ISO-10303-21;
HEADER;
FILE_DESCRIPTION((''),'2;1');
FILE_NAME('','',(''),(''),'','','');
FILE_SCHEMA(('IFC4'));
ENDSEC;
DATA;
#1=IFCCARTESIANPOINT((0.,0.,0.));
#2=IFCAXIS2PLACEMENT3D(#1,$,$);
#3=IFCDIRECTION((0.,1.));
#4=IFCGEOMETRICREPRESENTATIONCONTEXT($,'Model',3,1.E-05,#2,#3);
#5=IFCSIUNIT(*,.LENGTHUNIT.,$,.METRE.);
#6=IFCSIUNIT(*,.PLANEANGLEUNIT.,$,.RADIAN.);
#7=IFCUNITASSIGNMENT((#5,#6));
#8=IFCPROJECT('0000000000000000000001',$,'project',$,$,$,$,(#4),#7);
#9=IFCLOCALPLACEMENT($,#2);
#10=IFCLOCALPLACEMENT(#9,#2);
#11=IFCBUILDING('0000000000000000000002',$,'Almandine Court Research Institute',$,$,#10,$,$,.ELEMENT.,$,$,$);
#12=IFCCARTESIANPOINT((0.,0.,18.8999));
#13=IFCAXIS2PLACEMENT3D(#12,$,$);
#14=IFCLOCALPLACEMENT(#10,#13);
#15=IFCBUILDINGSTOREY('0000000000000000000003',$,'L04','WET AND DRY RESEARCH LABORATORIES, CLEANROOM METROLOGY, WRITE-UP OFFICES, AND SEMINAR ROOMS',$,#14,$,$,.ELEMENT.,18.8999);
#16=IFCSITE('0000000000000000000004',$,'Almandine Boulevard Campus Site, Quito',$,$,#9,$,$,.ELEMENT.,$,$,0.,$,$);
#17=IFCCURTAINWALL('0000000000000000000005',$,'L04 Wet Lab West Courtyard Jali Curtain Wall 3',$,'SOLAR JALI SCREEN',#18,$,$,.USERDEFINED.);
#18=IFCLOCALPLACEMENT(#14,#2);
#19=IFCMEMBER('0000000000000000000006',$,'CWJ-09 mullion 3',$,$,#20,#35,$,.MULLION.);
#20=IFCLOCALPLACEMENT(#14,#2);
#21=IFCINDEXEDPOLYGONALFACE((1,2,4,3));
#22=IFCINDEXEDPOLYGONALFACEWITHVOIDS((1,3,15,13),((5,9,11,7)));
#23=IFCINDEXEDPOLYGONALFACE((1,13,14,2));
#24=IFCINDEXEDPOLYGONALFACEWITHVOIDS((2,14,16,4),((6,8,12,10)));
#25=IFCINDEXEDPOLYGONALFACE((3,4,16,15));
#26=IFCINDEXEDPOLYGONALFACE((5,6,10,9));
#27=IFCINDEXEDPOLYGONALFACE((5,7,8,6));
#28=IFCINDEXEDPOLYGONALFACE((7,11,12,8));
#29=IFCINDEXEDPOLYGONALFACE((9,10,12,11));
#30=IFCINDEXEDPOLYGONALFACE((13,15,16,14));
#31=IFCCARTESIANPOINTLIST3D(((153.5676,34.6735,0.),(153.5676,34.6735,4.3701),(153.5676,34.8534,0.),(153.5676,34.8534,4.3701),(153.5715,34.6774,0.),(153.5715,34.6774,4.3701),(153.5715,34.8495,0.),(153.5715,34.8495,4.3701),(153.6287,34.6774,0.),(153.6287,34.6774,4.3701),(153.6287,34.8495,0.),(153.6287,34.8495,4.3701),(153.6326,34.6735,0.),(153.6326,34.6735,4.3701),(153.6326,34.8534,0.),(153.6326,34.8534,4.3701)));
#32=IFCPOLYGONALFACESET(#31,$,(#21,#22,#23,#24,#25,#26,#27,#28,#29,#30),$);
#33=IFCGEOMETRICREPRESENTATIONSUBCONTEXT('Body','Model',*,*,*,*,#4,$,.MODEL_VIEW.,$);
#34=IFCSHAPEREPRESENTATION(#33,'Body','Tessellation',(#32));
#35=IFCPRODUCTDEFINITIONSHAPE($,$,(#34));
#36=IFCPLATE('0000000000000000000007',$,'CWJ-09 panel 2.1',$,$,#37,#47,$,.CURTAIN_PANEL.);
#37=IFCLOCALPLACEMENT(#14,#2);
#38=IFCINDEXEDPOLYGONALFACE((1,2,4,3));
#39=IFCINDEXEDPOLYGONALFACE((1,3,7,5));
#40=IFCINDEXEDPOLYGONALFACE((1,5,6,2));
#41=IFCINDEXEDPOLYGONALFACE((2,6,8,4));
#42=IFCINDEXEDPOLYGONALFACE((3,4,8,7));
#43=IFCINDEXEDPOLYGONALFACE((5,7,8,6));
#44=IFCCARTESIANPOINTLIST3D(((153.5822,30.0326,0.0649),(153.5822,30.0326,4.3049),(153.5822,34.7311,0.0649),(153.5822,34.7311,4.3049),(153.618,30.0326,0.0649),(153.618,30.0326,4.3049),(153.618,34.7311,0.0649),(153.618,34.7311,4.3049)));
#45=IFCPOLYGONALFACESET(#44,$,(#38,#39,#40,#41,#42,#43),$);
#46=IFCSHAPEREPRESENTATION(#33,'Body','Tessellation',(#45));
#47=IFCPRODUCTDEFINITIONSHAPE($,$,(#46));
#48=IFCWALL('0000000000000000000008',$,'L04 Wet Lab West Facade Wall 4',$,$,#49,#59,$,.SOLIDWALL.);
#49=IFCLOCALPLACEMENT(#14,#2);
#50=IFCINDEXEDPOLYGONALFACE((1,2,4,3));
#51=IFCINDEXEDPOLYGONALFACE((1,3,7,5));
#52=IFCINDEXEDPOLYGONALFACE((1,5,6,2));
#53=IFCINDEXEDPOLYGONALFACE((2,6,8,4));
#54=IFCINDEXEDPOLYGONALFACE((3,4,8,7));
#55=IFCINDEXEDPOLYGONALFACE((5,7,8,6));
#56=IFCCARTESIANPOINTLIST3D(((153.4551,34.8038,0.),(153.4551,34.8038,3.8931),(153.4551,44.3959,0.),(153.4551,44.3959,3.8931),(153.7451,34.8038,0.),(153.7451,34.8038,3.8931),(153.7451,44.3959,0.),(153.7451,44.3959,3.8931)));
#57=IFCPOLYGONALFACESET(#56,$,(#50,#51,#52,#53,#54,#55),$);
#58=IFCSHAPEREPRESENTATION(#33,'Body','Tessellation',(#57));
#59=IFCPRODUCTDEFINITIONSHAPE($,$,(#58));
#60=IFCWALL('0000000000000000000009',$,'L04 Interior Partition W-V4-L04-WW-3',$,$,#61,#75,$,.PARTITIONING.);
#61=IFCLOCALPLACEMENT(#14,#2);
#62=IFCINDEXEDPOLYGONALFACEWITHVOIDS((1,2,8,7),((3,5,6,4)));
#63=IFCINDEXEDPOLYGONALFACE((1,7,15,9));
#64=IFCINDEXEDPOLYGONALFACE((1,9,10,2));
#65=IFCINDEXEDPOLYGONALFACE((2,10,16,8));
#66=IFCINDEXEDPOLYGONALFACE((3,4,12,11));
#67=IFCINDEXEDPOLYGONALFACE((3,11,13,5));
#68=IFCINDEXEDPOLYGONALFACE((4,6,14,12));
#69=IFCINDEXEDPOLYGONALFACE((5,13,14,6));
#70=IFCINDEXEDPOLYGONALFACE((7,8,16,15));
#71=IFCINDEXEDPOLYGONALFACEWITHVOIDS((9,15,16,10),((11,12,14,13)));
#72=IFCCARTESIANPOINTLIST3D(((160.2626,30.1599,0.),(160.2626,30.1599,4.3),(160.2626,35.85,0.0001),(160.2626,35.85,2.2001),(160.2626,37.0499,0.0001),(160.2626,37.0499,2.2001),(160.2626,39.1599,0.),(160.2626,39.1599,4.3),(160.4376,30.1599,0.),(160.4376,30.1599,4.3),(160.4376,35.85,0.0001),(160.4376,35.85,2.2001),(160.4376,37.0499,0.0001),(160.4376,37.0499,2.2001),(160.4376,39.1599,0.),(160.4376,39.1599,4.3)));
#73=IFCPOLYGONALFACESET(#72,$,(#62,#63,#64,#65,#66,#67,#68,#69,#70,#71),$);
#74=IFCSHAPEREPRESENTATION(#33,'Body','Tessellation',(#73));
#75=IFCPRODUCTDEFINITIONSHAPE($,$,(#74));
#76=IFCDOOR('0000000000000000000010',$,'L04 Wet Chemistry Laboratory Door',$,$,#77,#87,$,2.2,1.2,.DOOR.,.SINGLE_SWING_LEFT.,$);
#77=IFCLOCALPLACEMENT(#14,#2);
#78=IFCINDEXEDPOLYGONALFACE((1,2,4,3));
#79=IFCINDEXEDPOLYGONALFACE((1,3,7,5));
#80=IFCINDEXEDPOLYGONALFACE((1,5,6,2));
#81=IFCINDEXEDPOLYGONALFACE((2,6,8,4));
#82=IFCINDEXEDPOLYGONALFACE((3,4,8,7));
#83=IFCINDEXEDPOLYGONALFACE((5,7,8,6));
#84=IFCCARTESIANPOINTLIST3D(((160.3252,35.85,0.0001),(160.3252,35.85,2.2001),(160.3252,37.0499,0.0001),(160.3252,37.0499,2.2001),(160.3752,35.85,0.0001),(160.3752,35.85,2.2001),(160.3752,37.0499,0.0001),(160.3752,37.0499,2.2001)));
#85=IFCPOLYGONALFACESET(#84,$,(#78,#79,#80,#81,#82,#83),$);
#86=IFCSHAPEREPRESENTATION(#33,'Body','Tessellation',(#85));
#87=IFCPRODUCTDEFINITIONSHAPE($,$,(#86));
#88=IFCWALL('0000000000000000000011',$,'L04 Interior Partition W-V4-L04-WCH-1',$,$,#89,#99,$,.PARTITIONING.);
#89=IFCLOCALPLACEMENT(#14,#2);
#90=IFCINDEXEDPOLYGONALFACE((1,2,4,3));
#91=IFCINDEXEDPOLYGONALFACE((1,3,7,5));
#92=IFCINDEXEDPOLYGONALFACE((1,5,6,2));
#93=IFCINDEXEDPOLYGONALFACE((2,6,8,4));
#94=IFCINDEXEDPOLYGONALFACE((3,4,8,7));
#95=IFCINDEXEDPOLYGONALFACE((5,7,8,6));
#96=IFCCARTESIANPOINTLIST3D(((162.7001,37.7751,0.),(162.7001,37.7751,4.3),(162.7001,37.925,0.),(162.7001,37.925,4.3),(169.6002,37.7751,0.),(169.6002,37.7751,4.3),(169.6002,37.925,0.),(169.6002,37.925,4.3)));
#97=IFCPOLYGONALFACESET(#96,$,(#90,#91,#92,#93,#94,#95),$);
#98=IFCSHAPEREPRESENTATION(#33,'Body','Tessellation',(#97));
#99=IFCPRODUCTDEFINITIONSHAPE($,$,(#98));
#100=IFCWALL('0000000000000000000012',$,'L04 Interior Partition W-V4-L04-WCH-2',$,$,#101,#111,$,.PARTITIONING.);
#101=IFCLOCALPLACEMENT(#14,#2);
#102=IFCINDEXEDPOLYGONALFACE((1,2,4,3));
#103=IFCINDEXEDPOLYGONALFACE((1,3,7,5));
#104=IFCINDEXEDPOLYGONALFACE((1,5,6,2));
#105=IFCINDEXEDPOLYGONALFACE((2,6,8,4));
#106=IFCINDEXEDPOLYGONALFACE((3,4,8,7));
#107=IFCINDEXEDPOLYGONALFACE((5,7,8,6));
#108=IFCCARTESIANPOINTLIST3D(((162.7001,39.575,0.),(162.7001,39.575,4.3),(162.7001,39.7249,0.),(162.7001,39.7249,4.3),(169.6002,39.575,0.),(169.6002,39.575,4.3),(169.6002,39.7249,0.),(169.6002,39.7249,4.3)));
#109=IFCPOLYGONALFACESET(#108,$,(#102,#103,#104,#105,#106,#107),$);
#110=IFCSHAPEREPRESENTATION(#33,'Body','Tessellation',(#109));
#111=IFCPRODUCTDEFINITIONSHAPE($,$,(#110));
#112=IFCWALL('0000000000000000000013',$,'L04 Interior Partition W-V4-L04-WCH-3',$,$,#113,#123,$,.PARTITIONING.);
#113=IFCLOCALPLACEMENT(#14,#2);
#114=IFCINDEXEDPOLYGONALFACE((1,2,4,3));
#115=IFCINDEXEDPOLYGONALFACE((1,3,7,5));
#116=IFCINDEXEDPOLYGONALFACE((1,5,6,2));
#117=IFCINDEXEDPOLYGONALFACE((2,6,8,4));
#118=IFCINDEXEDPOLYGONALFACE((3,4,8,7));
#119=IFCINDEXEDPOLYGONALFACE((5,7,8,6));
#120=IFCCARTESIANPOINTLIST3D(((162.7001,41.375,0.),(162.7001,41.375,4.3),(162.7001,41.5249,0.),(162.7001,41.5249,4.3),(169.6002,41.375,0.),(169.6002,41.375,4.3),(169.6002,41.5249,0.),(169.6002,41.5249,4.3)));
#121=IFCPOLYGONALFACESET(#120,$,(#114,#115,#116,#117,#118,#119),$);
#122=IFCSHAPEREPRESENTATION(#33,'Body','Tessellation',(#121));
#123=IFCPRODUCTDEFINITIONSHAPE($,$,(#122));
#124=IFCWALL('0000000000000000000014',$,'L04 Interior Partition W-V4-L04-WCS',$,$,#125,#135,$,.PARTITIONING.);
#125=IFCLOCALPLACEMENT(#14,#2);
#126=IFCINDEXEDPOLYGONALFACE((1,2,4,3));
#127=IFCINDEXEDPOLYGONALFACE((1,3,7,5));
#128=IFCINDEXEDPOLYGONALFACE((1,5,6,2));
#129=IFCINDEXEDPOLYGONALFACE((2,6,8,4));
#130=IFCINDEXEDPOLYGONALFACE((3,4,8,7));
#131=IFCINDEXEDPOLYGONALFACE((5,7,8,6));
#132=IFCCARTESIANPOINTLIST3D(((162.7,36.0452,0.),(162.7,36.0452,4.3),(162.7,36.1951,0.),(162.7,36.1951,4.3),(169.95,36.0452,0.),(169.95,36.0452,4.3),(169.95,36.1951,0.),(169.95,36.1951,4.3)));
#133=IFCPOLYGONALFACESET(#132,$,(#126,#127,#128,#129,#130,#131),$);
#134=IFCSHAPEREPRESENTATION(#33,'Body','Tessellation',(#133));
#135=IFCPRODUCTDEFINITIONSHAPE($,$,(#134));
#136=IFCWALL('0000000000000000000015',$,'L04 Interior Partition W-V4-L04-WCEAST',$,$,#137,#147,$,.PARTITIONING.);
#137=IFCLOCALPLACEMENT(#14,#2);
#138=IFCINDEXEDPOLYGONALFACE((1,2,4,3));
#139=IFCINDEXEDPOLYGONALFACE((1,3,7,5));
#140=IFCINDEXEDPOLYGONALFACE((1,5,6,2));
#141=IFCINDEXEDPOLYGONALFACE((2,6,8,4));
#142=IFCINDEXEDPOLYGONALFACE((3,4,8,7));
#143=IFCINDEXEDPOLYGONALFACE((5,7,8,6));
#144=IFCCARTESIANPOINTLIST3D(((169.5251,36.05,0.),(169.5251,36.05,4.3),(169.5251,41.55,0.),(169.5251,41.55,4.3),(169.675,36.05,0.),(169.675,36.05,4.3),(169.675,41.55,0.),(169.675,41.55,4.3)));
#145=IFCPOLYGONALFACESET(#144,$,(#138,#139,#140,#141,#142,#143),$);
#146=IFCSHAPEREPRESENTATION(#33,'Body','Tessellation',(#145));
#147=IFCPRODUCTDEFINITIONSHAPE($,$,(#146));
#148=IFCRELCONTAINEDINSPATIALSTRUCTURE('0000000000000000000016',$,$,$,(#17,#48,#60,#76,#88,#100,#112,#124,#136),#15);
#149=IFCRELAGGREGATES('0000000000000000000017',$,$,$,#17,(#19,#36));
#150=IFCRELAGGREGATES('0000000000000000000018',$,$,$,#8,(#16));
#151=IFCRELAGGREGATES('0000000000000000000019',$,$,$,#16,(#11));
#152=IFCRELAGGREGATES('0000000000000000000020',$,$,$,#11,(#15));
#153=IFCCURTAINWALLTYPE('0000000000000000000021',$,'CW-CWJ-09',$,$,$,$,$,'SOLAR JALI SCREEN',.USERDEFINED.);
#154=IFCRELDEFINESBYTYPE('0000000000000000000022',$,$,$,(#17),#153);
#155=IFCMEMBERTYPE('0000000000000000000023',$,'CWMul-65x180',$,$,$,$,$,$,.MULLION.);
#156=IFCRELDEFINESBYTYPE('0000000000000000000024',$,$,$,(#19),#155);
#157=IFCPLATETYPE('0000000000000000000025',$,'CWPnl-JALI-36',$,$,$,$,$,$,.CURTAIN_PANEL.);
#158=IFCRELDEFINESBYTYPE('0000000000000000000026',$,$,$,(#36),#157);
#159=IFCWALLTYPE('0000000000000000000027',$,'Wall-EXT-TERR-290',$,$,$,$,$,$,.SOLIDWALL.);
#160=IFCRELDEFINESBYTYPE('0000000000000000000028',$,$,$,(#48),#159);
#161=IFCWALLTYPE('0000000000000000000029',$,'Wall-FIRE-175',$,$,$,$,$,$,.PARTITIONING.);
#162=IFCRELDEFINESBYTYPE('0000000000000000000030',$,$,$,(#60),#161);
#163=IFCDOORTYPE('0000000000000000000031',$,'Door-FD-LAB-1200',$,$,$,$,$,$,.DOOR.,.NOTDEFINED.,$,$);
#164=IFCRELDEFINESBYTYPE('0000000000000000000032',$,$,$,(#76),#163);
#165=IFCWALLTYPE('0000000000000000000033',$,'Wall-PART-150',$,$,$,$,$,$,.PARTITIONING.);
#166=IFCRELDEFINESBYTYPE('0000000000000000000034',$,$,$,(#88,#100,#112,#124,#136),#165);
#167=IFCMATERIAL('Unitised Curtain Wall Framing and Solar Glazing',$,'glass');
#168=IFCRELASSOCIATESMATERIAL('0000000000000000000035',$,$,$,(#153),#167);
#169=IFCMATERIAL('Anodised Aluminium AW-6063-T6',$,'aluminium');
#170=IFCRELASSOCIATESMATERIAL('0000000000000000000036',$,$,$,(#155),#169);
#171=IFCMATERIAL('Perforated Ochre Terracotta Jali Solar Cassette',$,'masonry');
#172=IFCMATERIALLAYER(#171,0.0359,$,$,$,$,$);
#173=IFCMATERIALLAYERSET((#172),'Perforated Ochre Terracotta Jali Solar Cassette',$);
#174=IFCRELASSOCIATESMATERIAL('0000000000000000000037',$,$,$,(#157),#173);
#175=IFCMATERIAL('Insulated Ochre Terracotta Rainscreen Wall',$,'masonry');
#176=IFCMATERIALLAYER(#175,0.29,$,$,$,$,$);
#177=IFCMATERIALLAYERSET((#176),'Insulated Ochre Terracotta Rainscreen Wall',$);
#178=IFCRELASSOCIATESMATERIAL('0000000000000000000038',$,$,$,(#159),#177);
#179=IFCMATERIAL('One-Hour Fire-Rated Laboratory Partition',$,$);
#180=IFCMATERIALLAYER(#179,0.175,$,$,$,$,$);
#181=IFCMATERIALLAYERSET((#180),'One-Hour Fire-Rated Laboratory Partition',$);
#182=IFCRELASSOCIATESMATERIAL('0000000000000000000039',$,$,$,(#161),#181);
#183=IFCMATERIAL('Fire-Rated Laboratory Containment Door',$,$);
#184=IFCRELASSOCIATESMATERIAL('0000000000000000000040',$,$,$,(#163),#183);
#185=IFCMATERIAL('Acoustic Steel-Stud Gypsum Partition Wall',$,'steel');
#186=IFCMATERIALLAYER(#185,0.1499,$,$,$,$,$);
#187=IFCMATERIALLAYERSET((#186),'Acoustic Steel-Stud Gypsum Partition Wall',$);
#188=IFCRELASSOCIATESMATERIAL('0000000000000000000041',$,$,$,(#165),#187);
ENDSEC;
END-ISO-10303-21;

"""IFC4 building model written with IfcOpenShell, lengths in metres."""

from ifc_helpers import new_model, si_unit, direction, frame, frame_2d, origin, origin_2d, place, context, subcontext, project, spatial, rectangle, hollow_rectangle, extrude, material, layer, layer_set, material_profile, profile_set, type_object, element, fill, aggregate, save


model = new_model("IFC4")

# Units and contexts
model_context = context("Model", 3, precision=1e-05, world=origin(), true_north=direction((0.0, 1.0)))
body_context = subcontext(model_context, "Body", "Model", "MODEL_VIEW")
ifc_project = project(units=[si_unit("LENGTHUNIT", "METRE"), si_unit("PLANEANGLEUNIT", "RADIAN")], contexts=[model_context])

# Site, building, storey
site_placement = place(None, origin())
site = spatial("IfcSite", under=ifc_project, at=site_placement, Name="Almandine Boulevard Campus Site, Quito", CompositionType="ELEMENT", RefElevation=0.0)
building_placement = place(site_placement, origin())
building = spatial("IfcBuilding", under=site, at=building_placement, Name="Almandine Court Research Institute", CompositionType="ELEMENT")
storey_placement = place(building_placement, frame((0.0, 0.0, 18.8999)))
storey = spatial("IfcBuildingStorey", under=building, at=storey_placement, Name="L04", Description="WET AND DRY RESEARCH LABORATORIES, CLEANROOM METROLOGY, WRITE-UP OFFICES, AND SEMINAR ROOMS", CompositionType="ELEMENT", Elevation=18.8999)

# Curtain wall, member, plate
ifc_material_1 = material(Name="Unitised Curtain Wall Framing and Solar Glazing", Category="glass")
curtain_wall_type = type_object("IfcCurtainWallType", Name="CW-CWJ-09", ElementType="SOLAR JALI SCREEN", PredefinedType="USERDEFINED", material=ifc_material_1)
curtain_wall_placement = place(storey_placement, origin())
curtain_wall = element("IfcCurtainWall", 1, at=curtain_wall_placement, inside=storey, type_object=curtain_wall_type, Name="L04 Wet Lab West Courtyard Jali Curtain Wall 3", ObjectType="SOLAR JALI SCREEN", PredefinedType="USERDEFINED")
ifc_material_2 = material(Name="Anodised Aluminium AW-6063-T6", Category="aluminium")
ifc_material_profile_1 = material_profile(ifc_material_2, hollow_rectangle(XDim=0.0649, YDim=0.1799, WallThickness=0.0039, at=origin_2d()), Name="ALU RHS 65x180x4")
ifc_profile_set_1 = profile_set([ifc_material_profile_1], Name="Anodised Aluminium AW-6063-T6")
member_type = type_object("IfcMemberType", Name="CWMul-65x180", PredefinedType="MULLION", material=ifc_profile_set_1)
member_placement = place(storey_placement, frame((153.6001, 34.7634, 0.0), z_axis=(0.0, 0.0, 1.0), x_axis=(-1.0, 0.0, 0.0)))
member = element("IfcMember", 2, at=member_placement, type_object=member_type, Name="CWJ-09 mullion 3", PredefinedType="MULLION", context=body_context, shape_type="SweptSolid", body=[
    extrude(hollow_rectangle(XDim=0.0649, YDim=0.1799, WallThickness=0.0039, at=origin_2d()), origin(), (0.0, 0.0, 1.0), 4.3701),
])
ifc_material_3 = material(Name="Perforated Ochre Terracotta Jali Solar Cassette", Category="masonry")
ifc_layer_1 = layer(ifc_material_3, 0.0359)
ifc_layer_set_1 = layer_set([ifc_layer_1], Name="Perforated Ochre Terracotta Jali Solar Cassette")
plate_type = type_object("IfcPlateType", Name="CWPnl-JALI-36", PredefinedType="CURTAIN_PANEL", material=ifc_layer_set_1)
plate_placement = place(storey_placement, frame((153.6001, 32.3818, 0.0649), z_axis=(0.0, 0.0, 1.0), x_axis=(0.0, 1.0, 0.0)))
plate = element("IfcPlate", 3, at=plate_placement, type_object=plate_type, Name="CWJ-09 panel 2.1", PredefinedType="CURTAIN_PANEL", context=body_context, shape_type="SweptSolid", body=[
    extrude(rectangle(XDim=4.6985, YDim=0.0359, at=origin_2d()), origin(), (0.0, 0.0, 1.0), 4.24),
])
aggregate(curtain_wall, [member, plate])

# Wall
ifc_material_4 = material(Name="Insulated Ochre Terracotta Rainscreen Wall", Category="masonry")
ifc_layer_2 = layer(ifc_material_4, 0.29)
ifc_layer_set_2 = layer_set([ifc_layer_2], Name="Insulated Ochre Terracotta Rainscreen Wall")
wall_type_1 = type_object("IfcWallType", Name="Wall-EXT-TERR-290", PredefinedType="SOLIDWALL", material=ifc_layer_set_2)
wall_1_placement = place(storey_placement, frame((153.6001, 34.804, 0.0), z_axis=(0.0, 0.0, 1.0), x_axis=(0.0, 1.0, 0.0)))
element("IfcWall", 4, at=wall_1_placement, inside=storey, type_object=wall_type_1, Name="L04 Wet Lab West Facade Wall 4", PredefinedType="SOLIDWALL", context=body_context, shape_type="SweptSolid", body=[
    extrude(rectangle(XDim=9.592, YDim=0.29, at=frame_2d((4.7959, 0.0))), origin(), (0.0, 0.0, 1.0), 3.8931),
])

# Wall, opening, door
ifc_material_5 = material(Name="One-Hour Fire-Rated Laboratory Partition")
ifc_layer_3 = layer(ifc_material_5, 0.175)
ifc_layer_set_3 = layer_set([ifc_layer_3], Name="One-Hour Fire-Rated Laboratory Partition")
wall_type_2 = type_object("IfcWallType", Name="Wall-FIRE-175", PredefinedType="PARTITIONING", material=ifc_layer_set_3)
wall_2_placement = place(storey_placement, frame((160.3501, 30.1599, 0.0), z_axis=(0.0, 0.0, 1.0), x_axis=(0.0, 1.0, 0.0)))
wall_2 = element("IfcWall", 5, at=wall_2_placement, inside=storey, type_object=wall_type_2, Name="L04 Interior Partition W-V4-L04-WW-3", PredefinedType="PARTITIONING", context=body_context, shape_type="SweptSolid", body=[
    extrude(rectangle(XDim=9.0, YDim=0.175, at=frame_2d((4.5, 0.0))), origin(), (0.0, 0.0, 1.0), 4.3),
])
opening_1_placement = place(wall_2_placement, frame((5.6899, 0.0, 0.0)))
opening_1 = element("IfcOpeningElement", 6, at=opening_1_placement, cuts=wall_2, PredefinedType="OPENING", context=body_context, shape_type="SweptSolid", body=[
    extrude(rectangle(XDim=1.2, YDim=2.2, at=frame_2d((0.6001, 1.1001))), frame((0.0, 0.0974, 0.0), z_axis=(0.0, -1.0, 0.0), x_axis=(1.0, 0.0, 0.0)), (0.0, 0.0, 1.0), 0.1951),
])
ifc_material_6 = material(Name="Fire-Rated Laboratory Containment Door")
door_type_1 = type_object("IfcDoorType", Name="Door-FD-LAB-1200", OperationType="NOTDEFINED", PredefinedType="DOOR", material=ifc_material_6)
door_1_placement = place(opening_1_placement, origin())
door_1 = element("IfcDoor", 7, at=door_1_placement, inside=storey, type_object=door_type_1, Name="L04 Wet Chemistry Laboratory Door", OperationType="SINGLE_SWING_LEFT", OverallHeight=2.2, OverallWidth=1.2, PredefinedType="DOOR", context=body_context, shape_type="SweptSolid", body=[
    extrude(rectangle(XDim=1.2, YDim=2.2, at=frame_2d((0.6001, 1.1001))), frame((0.0, 0.0249, 0.0), z_axis=(0.0, -1.0, 0.0), x_axis=(1.0, 0.0, 0.0)), (0.0, 0.0, 1.0), 0.05),
])
fill(opening_1, door_1)

# Walls
ifc_material_7 = material(Name="Acoustic Steel-Stud Gypsum Partition Wall", Category="steel")
ifc_layer_4 = layer(ifc_material_7, 0.1499)
ifc_layer_set_4 = layer_set([ifc_layer_4], Name="Acoustic Steel-Stud Gypsum Partition Wall")
wall_type_3 = type_object("IfcWallType", Name="Wall-PART-150", PredefinedType="PARTITIONING", material=ifc_layer_set_4)
for number, where, z_axis, x_axis, name in (
    (8, (162.7, 37.8501, 0.0), (0.0, 0.0, 1.0), (1.0, 0.0, 0.0), "L04 Interior Partition W-V4-L04-WCH-1"),
    (9, (162.7, 39.6499, 0.0), (0.0, 0.0, 1.0), (1.0, 0.0, 0.0), "L04 Interior Partition W-V4-L04-WCH-2"),
    (10, (162.7, 41.45, 0.0), (0.0, 0.0, 1.0), (1.0, 0.0, 0.0), "L04 Interior Partition W-V4-L04-WCH-3"),
):
    element("IfcWall", number, at=place(storey_placement, frame(where, z_axis=z_axis, x_axis=x_axis)), inside=storey, type_object=wall_type_3, Name=name, PredefinedType="PARTITIONING", context=body_context, shape_type="SweptSolid", body=[
        extrude(rectangle(XDim=6.9001, YDim=0.1499, at=frame_2d((3.4502, 0.0))), origin(), (0.0, 0.0, 1.0), 4.3),
    ])
wall_3_placement = place(storey_placement, frame((162.7, 36.1201, 0.0), z_axis=(0.0, 0.0, 1.0), x_axis=(1.0, 0.0, 0.0)))
element("IfcWall", 11, at=wall_3_placement, inside=storey, type_object=wall_type_3, Name="L04 Interior Partition W-V4-L04-WCS", PredefinedType="PARTITIONING", context=body_context, shape_type="SweptSolid", body=[
    extrude(rectangle(XDim=7.25, YDim=0.1499, at=frame_2d((3.625, 0.0))), origin(), (0.0, 0.0, 1.0), 4.3),
])
wall_4_placement = place(storey_placement, frame((169.6001, 36.05, 0.0), z_axis=(0.0, 0.0, 1.0), x_axis=(0.0, 1.0, 0.0)))
element("IfcWall", 12, at=wall_4_placement, inside=storey, type_object=wall_type_3, Name="L04 Interior Partition W-V4-L04-WCEAST", PredefinedType="PARTITIONING", context=body_context, shape_type="SweptSolid", body=[
    extrude(rectangle(XDim=5.5, YDim=0.1499, at=frame_2d((2.75, 0.0))), origin(), (0.0, 0.0, 1.0), 4.3),
])

save(model, "model.ifc")
